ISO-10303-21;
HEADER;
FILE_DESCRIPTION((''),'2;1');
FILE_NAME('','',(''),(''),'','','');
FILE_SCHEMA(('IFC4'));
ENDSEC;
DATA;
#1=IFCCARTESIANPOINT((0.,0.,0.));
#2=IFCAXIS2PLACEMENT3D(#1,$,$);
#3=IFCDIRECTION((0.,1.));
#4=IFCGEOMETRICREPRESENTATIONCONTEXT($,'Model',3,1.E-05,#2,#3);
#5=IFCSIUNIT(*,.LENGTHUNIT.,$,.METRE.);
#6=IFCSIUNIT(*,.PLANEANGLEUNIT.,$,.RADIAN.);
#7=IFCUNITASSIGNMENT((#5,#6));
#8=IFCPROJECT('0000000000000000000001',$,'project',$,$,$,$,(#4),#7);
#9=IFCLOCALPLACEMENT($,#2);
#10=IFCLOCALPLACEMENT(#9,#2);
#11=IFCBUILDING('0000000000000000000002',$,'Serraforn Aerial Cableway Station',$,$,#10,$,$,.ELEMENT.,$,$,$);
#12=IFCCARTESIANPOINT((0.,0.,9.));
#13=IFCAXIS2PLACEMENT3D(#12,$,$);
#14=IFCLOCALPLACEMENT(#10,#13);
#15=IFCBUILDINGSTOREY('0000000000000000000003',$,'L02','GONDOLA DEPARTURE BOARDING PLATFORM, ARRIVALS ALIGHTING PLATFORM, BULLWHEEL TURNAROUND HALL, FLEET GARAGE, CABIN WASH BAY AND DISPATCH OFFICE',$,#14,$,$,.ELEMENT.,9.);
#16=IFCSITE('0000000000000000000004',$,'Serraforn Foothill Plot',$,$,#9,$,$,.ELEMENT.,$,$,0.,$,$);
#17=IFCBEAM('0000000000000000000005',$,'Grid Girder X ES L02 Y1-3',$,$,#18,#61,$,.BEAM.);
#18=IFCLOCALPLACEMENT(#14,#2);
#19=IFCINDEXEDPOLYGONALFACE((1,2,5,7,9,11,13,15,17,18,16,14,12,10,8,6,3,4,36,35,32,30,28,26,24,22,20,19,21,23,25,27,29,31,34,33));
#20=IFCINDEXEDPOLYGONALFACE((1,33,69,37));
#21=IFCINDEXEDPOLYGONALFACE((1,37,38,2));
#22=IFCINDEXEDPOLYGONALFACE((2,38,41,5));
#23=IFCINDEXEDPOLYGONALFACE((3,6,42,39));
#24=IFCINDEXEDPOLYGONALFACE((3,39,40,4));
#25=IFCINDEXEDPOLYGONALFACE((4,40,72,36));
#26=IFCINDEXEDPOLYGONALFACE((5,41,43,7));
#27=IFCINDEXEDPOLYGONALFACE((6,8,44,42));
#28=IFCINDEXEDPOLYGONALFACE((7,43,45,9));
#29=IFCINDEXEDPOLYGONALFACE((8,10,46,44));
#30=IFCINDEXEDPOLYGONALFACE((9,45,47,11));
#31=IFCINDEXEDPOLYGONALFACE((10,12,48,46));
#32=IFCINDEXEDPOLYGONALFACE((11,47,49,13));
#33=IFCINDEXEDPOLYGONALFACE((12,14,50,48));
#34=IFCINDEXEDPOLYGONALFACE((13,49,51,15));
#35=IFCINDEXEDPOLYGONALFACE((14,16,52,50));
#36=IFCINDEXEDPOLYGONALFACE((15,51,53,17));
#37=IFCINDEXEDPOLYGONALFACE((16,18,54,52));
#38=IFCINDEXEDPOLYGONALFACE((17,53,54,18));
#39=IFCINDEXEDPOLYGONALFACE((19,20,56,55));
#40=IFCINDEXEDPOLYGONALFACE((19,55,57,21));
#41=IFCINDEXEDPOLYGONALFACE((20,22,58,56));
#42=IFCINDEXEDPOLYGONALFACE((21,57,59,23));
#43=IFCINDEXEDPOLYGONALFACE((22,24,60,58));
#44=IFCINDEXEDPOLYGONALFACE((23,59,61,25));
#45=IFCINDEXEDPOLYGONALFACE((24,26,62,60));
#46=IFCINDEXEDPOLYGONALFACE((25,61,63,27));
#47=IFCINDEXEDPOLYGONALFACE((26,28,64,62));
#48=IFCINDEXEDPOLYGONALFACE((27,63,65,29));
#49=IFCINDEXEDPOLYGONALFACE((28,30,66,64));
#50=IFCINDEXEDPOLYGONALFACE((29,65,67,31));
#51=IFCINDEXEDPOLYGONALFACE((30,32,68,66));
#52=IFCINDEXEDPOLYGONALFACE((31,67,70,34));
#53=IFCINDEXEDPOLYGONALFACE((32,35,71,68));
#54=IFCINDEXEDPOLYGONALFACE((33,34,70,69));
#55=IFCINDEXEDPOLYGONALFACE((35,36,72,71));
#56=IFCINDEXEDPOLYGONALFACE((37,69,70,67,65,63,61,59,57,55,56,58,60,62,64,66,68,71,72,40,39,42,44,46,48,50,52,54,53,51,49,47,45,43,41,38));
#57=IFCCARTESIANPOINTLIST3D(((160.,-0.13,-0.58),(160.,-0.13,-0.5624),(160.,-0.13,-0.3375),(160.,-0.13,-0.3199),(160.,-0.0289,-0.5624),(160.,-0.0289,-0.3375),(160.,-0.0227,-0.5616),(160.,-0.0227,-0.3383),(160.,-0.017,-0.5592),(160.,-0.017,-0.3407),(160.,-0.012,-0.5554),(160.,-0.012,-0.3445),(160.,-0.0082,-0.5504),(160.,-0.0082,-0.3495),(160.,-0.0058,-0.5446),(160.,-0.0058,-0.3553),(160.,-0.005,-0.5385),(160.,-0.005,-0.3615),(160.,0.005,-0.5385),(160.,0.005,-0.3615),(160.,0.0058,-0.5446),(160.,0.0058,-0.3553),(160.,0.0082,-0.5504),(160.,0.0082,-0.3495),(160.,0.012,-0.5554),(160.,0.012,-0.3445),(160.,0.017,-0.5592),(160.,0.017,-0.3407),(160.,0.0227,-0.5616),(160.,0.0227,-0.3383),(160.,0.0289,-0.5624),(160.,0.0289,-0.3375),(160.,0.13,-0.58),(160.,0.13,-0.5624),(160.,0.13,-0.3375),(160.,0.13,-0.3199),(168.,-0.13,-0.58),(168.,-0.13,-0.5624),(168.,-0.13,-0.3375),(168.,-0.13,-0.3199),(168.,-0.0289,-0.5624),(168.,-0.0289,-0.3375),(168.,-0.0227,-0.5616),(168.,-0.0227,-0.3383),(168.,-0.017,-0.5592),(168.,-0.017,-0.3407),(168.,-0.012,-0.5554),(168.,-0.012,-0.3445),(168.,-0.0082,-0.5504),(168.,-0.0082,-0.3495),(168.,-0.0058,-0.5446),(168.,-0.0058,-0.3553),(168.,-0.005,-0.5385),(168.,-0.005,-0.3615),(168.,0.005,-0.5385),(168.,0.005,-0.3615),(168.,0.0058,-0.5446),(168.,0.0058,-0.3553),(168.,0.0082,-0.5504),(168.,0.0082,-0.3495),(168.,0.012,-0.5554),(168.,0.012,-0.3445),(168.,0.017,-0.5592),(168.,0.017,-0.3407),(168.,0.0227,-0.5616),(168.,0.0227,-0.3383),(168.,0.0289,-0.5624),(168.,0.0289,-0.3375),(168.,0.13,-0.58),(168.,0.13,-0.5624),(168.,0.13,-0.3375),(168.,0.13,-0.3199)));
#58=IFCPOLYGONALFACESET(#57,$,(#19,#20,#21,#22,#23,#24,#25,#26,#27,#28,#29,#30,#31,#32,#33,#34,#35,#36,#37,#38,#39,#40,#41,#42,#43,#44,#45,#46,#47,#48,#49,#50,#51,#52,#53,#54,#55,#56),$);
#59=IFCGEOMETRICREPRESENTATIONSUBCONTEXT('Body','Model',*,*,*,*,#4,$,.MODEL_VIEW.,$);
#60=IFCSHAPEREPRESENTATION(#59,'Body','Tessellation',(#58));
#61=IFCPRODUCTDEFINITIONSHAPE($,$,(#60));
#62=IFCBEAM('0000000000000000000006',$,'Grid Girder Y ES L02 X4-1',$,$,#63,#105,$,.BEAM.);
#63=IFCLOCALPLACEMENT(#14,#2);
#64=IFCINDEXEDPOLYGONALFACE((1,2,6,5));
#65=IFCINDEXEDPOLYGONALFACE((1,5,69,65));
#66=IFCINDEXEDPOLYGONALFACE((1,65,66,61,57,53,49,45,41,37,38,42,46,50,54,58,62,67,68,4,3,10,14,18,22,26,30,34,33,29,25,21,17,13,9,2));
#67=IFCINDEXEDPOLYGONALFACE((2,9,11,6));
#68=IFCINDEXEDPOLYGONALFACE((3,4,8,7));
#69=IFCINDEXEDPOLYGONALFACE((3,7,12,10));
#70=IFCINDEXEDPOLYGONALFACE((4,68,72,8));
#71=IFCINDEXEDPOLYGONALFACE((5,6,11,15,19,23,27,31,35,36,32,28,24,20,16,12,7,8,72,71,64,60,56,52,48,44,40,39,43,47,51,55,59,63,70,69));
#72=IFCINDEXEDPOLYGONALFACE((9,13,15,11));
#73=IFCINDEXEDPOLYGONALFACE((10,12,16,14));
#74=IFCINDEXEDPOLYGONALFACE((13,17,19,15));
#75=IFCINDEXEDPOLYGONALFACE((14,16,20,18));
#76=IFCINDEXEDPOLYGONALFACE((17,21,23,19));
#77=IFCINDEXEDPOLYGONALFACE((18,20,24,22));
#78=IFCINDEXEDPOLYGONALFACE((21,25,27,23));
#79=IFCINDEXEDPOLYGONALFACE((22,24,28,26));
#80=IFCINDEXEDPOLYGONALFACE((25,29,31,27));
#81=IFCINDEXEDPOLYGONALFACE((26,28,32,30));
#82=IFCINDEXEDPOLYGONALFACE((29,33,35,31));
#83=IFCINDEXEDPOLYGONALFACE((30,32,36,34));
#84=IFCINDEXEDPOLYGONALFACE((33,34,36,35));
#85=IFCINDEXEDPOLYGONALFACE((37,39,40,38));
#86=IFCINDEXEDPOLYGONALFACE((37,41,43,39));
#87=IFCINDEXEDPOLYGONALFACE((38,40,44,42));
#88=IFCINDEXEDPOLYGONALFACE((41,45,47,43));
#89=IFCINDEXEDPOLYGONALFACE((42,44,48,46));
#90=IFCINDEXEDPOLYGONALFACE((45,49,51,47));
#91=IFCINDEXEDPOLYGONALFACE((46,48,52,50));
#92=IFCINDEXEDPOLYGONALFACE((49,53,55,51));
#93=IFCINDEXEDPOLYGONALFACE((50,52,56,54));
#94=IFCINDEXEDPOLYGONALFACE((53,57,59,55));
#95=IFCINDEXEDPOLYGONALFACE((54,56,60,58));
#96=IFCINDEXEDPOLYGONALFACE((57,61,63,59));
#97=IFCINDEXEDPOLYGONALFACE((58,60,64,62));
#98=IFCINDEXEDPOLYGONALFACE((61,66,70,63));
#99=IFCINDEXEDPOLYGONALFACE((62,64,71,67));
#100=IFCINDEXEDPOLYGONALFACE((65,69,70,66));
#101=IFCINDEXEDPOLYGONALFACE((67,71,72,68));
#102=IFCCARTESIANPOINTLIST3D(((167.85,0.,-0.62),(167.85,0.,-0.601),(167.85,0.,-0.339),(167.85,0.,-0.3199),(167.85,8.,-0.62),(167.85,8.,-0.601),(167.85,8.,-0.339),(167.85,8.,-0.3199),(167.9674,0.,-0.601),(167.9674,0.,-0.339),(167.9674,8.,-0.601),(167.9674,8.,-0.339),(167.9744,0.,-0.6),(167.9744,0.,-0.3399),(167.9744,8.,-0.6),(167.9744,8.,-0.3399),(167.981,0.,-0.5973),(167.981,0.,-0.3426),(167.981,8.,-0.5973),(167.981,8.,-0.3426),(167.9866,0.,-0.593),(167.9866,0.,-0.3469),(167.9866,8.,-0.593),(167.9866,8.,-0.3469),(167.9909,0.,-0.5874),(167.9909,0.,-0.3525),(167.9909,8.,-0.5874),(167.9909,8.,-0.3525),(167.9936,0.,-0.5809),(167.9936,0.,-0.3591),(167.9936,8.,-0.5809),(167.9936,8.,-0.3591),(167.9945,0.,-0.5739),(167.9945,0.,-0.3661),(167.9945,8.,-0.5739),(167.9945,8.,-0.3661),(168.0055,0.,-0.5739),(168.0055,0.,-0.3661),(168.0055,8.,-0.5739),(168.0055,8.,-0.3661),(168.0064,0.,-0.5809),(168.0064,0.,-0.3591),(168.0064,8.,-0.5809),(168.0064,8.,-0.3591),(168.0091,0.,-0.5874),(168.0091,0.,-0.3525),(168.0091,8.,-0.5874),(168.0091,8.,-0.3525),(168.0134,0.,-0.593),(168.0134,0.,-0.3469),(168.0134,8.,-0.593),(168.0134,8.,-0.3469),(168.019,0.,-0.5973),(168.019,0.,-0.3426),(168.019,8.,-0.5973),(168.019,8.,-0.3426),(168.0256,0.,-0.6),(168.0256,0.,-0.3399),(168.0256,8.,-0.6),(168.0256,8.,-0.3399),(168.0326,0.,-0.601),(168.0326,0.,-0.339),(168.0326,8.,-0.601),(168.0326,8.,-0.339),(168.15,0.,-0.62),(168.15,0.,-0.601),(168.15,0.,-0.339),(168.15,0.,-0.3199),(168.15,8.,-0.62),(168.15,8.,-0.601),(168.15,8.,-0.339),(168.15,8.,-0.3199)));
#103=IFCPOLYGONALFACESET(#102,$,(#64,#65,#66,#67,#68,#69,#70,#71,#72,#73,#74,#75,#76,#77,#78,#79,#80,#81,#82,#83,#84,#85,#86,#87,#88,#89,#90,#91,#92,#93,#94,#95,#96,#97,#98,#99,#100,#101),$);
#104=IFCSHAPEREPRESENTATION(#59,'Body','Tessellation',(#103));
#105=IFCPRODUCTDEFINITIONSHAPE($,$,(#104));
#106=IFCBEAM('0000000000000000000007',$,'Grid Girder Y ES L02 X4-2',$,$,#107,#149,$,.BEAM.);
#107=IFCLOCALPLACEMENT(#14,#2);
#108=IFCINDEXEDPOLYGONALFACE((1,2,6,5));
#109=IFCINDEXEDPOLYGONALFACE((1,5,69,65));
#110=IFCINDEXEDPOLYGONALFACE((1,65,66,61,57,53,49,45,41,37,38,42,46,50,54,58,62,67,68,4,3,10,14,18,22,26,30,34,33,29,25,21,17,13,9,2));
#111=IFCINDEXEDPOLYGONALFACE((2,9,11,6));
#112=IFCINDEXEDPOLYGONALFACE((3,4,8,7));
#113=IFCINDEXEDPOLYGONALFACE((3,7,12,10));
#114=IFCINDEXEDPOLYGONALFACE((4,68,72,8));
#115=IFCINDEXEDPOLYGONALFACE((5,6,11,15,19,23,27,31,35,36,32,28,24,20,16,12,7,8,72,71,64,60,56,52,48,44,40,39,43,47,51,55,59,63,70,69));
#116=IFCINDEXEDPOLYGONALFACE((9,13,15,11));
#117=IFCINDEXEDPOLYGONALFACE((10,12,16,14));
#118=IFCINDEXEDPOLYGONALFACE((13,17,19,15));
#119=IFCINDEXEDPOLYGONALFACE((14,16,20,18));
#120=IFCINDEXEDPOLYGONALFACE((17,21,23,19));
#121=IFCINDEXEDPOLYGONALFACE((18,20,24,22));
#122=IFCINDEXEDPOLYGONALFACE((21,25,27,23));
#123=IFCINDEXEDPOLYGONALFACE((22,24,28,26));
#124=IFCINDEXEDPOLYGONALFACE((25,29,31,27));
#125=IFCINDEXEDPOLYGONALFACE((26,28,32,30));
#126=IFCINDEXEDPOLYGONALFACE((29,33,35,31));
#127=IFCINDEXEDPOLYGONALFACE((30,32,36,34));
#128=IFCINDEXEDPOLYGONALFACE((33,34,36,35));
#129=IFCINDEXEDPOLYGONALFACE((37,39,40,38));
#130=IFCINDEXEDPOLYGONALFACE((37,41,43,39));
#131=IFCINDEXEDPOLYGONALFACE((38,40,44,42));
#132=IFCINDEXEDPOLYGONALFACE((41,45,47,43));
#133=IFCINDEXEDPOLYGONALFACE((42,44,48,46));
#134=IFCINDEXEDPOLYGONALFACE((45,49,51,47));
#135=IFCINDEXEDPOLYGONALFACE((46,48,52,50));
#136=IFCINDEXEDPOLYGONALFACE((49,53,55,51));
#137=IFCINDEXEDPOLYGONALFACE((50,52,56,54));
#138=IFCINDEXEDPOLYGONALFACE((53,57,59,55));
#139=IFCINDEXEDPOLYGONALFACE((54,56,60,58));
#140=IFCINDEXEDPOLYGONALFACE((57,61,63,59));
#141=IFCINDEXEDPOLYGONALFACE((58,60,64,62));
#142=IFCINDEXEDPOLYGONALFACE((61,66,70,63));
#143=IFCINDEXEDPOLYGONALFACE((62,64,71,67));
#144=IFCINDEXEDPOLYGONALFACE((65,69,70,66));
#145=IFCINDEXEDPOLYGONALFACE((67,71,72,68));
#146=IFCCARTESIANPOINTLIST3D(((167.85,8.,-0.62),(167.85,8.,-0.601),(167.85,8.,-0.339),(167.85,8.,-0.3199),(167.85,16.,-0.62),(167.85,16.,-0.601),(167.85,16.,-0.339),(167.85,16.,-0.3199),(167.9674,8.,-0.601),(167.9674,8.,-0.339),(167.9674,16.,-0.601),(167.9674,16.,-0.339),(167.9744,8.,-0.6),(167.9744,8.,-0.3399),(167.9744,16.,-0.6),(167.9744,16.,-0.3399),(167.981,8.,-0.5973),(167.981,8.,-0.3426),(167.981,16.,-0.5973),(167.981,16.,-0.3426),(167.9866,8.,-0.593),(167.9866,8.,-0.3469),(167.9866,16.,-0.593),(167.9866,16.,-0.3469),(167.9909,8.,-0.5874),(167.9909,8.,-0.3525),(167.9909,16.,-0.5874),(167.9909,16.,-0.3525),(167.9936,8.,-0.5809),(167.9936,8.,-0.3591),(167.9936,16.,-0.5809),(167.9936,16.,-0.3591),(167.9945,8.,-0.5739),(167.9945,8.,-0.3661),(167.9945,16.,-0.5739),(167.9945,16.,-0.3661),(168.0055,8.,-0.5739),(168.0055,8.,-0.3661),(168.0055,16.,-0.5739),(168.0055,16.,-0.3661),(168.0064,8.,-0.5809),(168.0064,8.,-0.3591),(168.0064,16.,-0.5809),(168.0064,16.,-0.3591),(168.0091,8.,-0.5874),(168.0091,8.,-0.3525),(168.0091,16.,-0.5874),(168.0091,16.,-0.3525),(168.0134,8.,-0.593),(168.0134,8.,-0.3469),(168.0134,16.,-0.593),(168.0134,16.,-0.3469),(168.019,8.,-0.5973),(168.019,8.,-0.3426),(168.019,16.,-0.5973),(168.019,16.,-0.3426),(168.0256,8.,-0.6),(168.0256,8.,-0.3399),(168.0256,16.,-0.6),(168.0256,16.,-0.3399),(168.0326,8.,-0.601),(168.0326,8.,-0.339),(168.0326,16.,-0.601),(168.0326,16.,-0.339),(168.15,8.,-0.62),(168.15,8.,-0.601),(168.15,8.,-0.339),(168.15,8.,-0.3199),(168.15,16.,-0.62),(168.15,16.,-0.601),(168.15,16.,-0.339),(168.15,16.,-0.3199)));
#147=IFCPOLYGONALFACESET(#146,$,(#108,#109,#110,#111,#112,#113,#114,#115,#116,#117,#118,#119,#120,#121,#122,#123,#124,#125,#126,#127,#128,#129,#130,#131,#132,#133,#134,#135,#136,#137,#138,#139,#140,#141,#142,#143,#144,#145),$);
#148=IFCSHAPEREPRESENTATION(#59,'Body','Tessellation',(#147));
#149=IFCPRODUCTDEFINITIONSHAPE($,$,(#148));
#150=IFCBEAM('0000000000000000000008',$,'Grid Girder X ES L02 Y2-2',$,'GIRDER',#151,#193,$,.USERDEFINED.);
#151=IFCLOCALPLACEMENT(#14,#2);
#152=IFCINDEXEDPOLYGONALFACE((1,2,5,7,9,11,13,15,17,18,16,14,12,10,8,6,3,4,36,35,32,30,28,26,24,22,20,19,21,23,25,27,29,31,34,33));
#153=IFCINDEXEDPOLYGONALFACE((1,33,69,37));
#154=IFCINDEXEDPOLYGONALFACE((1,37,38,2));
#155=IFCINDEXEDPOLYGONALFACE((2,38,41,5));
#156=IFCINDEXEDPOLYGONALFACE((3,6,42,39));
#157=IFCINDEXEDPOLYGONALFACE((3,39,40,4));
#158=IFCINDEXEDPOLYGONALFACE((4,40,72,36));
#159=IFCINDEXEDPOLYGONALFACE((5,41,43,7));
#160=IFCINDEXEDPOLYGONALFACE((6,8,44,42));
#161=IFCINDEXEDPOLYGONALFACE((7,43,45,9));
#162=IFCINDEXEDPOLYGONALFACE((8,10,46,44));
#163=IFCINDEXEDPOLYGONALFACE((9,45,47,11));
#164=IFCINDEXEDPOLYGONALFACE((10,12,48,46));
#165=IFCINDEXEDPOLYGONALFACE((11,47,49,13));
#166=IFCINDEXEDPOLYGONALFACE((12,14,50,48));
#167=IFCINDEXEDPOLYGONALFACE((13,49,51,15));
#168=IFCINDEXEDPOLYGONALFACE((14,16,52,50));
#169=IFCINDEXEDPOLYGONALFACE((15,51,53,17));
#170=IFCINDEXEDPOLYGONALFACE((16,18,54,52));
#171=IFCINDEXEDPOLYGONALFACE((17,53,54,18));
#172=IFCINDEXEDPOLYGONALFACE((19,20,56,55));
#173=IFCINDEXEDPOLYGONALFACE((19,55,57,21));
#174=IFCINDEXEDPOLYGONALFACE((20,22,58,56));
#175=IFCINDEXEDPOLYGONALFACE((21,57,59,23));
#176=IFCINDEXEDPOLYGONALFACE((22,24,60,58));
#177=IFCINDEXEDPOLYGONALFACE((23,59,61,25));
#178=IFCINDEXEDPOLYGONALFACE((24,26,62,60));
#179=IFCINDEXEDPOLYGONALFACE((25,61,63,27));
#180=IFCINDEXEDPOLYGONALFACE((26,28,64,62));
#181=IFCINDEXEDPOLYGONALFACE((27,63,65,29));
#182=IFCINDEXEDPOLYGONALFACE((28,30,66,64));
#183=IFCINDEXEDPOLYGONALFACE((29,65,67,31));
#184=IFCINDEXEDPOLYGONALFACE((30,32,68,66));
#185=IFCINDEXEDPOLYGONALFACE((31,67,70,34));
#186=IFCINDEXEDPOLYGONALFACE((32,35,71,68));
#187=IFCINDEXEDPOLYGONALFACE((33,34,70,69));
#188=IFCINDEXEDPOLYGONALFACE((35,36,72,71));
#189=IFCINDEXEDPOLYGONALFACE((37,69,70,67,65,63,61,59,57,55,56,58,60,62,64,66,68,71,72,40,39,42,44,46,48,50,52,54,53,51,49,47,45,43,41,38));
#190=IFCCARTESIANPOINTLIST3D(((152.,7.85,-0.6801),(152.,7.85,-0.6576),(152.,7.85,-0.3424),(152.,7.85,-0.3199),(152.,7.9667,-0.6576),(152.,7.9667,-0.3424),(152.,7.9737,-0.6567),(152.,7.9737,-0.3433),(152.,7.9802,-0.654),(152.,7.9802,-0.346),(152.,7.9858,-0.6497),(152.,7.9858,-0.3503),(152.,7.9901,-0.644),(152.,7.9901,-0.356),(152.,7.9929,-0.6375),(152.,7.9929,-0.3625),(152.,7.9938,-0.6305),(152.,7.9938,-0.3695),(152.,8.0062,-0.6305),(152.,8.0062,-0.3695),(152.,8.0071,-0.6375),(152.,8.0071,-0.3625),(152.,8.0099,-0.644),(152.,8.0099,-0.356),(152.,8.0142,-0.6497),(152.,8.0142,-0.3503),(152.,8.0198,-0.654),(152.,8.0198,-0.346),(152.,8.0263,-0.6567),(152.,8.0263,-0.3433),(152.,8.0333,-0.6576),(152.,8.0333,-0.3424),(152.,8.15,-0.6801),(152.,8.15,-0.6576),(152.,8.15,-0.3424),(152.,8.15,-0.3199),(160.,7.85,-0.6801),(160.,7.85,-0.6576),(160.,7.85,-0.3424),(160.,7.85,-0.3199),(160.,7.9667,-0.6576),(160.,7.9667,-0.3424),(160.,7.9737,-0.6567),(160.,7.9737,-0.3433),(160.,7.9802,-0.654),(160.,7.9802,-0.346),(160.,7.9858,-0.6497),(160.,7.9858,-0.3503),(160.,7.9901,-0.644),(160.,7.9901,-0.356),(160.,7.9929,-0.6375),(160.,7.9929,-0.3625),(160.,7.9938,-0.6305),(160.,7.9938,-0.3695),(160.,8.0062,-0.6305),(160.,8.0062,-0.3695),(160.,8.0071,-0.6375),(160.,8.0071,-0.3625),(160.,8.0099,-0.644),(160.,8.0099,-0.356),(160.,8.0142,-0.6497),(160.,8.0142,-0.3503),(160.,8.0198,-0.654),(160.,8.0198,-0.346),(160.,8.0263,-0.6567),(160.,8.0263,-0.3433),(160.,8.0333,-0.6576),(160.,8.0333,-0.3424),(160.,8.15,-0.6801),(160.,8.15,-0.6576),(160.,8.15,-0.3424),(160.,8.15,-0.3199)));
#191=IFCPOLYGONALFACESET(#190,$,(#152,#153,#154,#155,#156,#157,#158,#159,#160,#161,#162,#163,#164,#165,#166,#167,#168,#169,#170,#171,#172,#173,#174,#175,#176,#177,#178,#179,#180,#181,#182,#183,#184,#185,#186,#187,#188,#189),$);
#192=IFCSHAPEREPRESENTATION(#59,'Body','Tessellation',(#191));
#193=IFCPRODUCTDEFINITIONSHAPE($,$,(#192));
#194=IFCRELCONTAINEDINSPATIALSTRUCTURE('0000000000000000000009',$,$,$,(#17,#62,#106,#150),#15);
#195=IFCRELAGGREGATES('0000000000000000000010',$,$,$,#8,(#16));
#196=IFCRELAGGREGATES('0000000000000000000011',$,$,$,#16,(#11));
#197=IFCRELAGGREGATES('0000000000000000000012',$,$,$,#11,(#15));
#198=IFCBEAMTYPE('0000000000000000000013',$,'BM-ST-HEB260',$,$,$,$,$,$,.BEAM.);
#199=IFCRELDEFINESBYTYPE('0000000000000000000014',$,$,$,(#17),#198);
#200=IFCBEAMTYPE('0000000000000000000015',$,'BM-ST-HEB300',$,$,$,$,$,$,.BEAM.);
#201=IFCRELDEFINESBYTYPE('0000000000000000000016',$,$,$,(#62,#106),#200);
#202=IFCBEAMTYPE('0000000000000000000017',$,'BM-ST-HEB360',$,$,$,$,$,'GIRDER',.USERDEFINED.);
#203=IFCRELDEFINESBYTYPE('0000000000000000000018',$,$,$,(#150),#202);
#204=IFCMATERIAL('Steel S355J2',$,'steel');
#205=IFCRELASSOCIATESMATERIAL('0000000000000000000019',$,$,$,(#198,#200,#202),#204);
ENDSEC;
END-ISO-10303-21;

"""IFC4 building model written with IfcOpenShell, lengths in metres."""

from ifc_helpers import new_model, si_unit, direction, frame, origin, origin_2d, place, context, subcontext, project, spatial, i_section, extrude, material, material_profile, profile_set, type_object, element, save


model = new_model("IFC4")

# Units and contexts
model_context = context("Model", 3, precision=1e-05, world=origin(), true_north=direction((0.0, 1.0)))
body_context = subcontext(model_context, "Body", "Model", "MODEL_VIEW")
ifc_project = project(units=[si_unit("LENGTHUNIT", "METRE"), si_unit("PLANEANGLEUNIT", "RADIAN")], contexts=[model_context])

# Site, building, storey
site_placement = place(None, origin())
site = spatial("IfcSite", under=ifc_project, at=site_placement, Name="Serraforn Foothill Plot", CompositionType="ELEMENT", RefElevation=0.0)
building_placement = place(site_placement, origin())
building = spatial("IfcBuilding", under=site, at=building_placement, Name="Serraforn Aerial Cableway Station", CompositionType="ELEMENT")
storey_placement = place(building_placement, frame((0.0, 0.0, 9.0)))
storey = spatial("IfcBuildingStorey", under=building, at=storey_placement, Name="L02", Description="GONDOLA DEPARTURE BOARDING PLATFORM, ARRIVALS ALIGHTING PLATFORM, BULLWHEEL TURNAROUND HALL, FLEET GARAGE, CABIN WASH BAY AND DISPATCH OFFICE", CompositionType="ELEMENT", Elevation=9.0)

# Beams
ifc_material_1 = material(Name="Steel S355J2", Category="steel")
ifc_material_profile_1 = material_profile(ifc_material_1, i_section(OverallWidth=0.26, OverallDepth=0.26, WebThickness=0.01, FlangeThickness=0.0176, FilletRadius=0.0239, at=origin_2d()), Name="HEB 260")
ifc_profile_set_1 = profile_set([ifc_material_profile_1], Name="Steel S355J2")
beam_type_1 = type_object("IfcBeamType", Name="BM-ST-HEB260", PredefinedType="BEAM", material=ifc_profile_set_1)
beam_1_placement = place(storey_placement, frame((160.0, 0.0, -0.45), z_axis=(1.0, 0.0, 0.0), x_axis=(0.0, 1.0, 0.0)))
element("IfcBeam", 1, at=beam_1_placement, inside=storey, type_object=beam_type_1, Name="Grid Girder X ES L02 Y1-3", PredefinedType="BEAM", context=body_context, shape_type="SweptSolid", body=[
    extrude(i_section(OverallWidth=0.26, OverallDepth=0.26, WebThickness=0.01, FlangeThickness=0.0176, FilletRadius=0.0239, at=origin_2d()), origin(), (0.0, 0.0, 1.0), 8.0),
])
ifc_material_profile_2 = material_profile(ifc_material_1, i_section(OverallWidth=0.3, OverallDepth=0.3, WebThickness=0.011, FlangeThickness=0.019, FilletRadius=0.0271, at=origin_2d()), Name="HEB 300")
ifc_profile_set_2 = profile_set([ifc_material_profile_2], Name="Steel S355J2")
beam_type_2 = type_object("IfcBeamType", Name="BM-ST-HEB300", PredefinedType="BEAM", material=ifc_profile_set_2)
for number, where, z_axis, x_axis, name in (
    (2, (168.0, 0.0, -0.47), (0.0, 1.0, 0.0), (-1.0, 0.0, 0.0), "Grid Girder Y ES L02 X4-1"),
    (3, (168.0, 8.0, -0.47), (0.0, 1.0, 0.0), (-1.0, 0.0, 0.0), "Grid Girder Y ES L02 X4-2"),
):
    element("IfcBeam", number, at=place(storey_placement, frame(where, z_axis=z_axis, x_axis=x_axis)), inside=storey, type_object=beam_type_2, Name=name, PredefinedType="BEAM", context=body_context, shape_type="SweptSolid", body=[
        extrude(i_section(OverallWidth=0.3, OverallDepth=0.3, WebThickness=0.011, FlangeThickness=0.019, FilletRadius=0.0271, at=origin_2d()), origin(), (0.0, 0.0, 1.0), 8.0),
    ])
ifc_material_profile_3 = material_profile(ifc_material_1, i_section(OverallWidth=0.3, OverallDepth=0.3601, WebThickness=0.0125, FlangeThickness=0.0225, FilletRadius=0.0271, at=origin_2d()), Name="HEB 360")
ifc_profile_set_3 = profile_set([ifc_material_profile_3], Name="Steel S355J2")
beam_type_3 = type_object("IfcBeamType", Name="BM-ST-HEB360", ElementType="GIRDER", PredefinedType="USERDEFINED", material=ifc_profile_set_3)
beam_2_placement = place(storey_placement, frame((152.0, 8.0, -0.5), z_axis=(1.0, 0.0, 0.0), x_axis=(0.0, 1.0, 0.0)))
element("IfcBeam", 4, at=beam_2_placement, inside=storey, type_object=beam_type_3, Name="Grid Girder X ES L02 Y2-2", ObjectType="GIRDER", PredefinedType="USERDEFINED", context=body_context, shape_type="SweptSolid", body=[
    extrude(i_section(OverallWidth=0.3, OverallDepth=0.3601, WebThickness=0.0125, FlangeThickness=0.0225, FilletRadius=0.0271, at=origin_2d()), origin(), (0.0, 0.0, 1.0), 8.0),
])

save(model, "model.ifc")
